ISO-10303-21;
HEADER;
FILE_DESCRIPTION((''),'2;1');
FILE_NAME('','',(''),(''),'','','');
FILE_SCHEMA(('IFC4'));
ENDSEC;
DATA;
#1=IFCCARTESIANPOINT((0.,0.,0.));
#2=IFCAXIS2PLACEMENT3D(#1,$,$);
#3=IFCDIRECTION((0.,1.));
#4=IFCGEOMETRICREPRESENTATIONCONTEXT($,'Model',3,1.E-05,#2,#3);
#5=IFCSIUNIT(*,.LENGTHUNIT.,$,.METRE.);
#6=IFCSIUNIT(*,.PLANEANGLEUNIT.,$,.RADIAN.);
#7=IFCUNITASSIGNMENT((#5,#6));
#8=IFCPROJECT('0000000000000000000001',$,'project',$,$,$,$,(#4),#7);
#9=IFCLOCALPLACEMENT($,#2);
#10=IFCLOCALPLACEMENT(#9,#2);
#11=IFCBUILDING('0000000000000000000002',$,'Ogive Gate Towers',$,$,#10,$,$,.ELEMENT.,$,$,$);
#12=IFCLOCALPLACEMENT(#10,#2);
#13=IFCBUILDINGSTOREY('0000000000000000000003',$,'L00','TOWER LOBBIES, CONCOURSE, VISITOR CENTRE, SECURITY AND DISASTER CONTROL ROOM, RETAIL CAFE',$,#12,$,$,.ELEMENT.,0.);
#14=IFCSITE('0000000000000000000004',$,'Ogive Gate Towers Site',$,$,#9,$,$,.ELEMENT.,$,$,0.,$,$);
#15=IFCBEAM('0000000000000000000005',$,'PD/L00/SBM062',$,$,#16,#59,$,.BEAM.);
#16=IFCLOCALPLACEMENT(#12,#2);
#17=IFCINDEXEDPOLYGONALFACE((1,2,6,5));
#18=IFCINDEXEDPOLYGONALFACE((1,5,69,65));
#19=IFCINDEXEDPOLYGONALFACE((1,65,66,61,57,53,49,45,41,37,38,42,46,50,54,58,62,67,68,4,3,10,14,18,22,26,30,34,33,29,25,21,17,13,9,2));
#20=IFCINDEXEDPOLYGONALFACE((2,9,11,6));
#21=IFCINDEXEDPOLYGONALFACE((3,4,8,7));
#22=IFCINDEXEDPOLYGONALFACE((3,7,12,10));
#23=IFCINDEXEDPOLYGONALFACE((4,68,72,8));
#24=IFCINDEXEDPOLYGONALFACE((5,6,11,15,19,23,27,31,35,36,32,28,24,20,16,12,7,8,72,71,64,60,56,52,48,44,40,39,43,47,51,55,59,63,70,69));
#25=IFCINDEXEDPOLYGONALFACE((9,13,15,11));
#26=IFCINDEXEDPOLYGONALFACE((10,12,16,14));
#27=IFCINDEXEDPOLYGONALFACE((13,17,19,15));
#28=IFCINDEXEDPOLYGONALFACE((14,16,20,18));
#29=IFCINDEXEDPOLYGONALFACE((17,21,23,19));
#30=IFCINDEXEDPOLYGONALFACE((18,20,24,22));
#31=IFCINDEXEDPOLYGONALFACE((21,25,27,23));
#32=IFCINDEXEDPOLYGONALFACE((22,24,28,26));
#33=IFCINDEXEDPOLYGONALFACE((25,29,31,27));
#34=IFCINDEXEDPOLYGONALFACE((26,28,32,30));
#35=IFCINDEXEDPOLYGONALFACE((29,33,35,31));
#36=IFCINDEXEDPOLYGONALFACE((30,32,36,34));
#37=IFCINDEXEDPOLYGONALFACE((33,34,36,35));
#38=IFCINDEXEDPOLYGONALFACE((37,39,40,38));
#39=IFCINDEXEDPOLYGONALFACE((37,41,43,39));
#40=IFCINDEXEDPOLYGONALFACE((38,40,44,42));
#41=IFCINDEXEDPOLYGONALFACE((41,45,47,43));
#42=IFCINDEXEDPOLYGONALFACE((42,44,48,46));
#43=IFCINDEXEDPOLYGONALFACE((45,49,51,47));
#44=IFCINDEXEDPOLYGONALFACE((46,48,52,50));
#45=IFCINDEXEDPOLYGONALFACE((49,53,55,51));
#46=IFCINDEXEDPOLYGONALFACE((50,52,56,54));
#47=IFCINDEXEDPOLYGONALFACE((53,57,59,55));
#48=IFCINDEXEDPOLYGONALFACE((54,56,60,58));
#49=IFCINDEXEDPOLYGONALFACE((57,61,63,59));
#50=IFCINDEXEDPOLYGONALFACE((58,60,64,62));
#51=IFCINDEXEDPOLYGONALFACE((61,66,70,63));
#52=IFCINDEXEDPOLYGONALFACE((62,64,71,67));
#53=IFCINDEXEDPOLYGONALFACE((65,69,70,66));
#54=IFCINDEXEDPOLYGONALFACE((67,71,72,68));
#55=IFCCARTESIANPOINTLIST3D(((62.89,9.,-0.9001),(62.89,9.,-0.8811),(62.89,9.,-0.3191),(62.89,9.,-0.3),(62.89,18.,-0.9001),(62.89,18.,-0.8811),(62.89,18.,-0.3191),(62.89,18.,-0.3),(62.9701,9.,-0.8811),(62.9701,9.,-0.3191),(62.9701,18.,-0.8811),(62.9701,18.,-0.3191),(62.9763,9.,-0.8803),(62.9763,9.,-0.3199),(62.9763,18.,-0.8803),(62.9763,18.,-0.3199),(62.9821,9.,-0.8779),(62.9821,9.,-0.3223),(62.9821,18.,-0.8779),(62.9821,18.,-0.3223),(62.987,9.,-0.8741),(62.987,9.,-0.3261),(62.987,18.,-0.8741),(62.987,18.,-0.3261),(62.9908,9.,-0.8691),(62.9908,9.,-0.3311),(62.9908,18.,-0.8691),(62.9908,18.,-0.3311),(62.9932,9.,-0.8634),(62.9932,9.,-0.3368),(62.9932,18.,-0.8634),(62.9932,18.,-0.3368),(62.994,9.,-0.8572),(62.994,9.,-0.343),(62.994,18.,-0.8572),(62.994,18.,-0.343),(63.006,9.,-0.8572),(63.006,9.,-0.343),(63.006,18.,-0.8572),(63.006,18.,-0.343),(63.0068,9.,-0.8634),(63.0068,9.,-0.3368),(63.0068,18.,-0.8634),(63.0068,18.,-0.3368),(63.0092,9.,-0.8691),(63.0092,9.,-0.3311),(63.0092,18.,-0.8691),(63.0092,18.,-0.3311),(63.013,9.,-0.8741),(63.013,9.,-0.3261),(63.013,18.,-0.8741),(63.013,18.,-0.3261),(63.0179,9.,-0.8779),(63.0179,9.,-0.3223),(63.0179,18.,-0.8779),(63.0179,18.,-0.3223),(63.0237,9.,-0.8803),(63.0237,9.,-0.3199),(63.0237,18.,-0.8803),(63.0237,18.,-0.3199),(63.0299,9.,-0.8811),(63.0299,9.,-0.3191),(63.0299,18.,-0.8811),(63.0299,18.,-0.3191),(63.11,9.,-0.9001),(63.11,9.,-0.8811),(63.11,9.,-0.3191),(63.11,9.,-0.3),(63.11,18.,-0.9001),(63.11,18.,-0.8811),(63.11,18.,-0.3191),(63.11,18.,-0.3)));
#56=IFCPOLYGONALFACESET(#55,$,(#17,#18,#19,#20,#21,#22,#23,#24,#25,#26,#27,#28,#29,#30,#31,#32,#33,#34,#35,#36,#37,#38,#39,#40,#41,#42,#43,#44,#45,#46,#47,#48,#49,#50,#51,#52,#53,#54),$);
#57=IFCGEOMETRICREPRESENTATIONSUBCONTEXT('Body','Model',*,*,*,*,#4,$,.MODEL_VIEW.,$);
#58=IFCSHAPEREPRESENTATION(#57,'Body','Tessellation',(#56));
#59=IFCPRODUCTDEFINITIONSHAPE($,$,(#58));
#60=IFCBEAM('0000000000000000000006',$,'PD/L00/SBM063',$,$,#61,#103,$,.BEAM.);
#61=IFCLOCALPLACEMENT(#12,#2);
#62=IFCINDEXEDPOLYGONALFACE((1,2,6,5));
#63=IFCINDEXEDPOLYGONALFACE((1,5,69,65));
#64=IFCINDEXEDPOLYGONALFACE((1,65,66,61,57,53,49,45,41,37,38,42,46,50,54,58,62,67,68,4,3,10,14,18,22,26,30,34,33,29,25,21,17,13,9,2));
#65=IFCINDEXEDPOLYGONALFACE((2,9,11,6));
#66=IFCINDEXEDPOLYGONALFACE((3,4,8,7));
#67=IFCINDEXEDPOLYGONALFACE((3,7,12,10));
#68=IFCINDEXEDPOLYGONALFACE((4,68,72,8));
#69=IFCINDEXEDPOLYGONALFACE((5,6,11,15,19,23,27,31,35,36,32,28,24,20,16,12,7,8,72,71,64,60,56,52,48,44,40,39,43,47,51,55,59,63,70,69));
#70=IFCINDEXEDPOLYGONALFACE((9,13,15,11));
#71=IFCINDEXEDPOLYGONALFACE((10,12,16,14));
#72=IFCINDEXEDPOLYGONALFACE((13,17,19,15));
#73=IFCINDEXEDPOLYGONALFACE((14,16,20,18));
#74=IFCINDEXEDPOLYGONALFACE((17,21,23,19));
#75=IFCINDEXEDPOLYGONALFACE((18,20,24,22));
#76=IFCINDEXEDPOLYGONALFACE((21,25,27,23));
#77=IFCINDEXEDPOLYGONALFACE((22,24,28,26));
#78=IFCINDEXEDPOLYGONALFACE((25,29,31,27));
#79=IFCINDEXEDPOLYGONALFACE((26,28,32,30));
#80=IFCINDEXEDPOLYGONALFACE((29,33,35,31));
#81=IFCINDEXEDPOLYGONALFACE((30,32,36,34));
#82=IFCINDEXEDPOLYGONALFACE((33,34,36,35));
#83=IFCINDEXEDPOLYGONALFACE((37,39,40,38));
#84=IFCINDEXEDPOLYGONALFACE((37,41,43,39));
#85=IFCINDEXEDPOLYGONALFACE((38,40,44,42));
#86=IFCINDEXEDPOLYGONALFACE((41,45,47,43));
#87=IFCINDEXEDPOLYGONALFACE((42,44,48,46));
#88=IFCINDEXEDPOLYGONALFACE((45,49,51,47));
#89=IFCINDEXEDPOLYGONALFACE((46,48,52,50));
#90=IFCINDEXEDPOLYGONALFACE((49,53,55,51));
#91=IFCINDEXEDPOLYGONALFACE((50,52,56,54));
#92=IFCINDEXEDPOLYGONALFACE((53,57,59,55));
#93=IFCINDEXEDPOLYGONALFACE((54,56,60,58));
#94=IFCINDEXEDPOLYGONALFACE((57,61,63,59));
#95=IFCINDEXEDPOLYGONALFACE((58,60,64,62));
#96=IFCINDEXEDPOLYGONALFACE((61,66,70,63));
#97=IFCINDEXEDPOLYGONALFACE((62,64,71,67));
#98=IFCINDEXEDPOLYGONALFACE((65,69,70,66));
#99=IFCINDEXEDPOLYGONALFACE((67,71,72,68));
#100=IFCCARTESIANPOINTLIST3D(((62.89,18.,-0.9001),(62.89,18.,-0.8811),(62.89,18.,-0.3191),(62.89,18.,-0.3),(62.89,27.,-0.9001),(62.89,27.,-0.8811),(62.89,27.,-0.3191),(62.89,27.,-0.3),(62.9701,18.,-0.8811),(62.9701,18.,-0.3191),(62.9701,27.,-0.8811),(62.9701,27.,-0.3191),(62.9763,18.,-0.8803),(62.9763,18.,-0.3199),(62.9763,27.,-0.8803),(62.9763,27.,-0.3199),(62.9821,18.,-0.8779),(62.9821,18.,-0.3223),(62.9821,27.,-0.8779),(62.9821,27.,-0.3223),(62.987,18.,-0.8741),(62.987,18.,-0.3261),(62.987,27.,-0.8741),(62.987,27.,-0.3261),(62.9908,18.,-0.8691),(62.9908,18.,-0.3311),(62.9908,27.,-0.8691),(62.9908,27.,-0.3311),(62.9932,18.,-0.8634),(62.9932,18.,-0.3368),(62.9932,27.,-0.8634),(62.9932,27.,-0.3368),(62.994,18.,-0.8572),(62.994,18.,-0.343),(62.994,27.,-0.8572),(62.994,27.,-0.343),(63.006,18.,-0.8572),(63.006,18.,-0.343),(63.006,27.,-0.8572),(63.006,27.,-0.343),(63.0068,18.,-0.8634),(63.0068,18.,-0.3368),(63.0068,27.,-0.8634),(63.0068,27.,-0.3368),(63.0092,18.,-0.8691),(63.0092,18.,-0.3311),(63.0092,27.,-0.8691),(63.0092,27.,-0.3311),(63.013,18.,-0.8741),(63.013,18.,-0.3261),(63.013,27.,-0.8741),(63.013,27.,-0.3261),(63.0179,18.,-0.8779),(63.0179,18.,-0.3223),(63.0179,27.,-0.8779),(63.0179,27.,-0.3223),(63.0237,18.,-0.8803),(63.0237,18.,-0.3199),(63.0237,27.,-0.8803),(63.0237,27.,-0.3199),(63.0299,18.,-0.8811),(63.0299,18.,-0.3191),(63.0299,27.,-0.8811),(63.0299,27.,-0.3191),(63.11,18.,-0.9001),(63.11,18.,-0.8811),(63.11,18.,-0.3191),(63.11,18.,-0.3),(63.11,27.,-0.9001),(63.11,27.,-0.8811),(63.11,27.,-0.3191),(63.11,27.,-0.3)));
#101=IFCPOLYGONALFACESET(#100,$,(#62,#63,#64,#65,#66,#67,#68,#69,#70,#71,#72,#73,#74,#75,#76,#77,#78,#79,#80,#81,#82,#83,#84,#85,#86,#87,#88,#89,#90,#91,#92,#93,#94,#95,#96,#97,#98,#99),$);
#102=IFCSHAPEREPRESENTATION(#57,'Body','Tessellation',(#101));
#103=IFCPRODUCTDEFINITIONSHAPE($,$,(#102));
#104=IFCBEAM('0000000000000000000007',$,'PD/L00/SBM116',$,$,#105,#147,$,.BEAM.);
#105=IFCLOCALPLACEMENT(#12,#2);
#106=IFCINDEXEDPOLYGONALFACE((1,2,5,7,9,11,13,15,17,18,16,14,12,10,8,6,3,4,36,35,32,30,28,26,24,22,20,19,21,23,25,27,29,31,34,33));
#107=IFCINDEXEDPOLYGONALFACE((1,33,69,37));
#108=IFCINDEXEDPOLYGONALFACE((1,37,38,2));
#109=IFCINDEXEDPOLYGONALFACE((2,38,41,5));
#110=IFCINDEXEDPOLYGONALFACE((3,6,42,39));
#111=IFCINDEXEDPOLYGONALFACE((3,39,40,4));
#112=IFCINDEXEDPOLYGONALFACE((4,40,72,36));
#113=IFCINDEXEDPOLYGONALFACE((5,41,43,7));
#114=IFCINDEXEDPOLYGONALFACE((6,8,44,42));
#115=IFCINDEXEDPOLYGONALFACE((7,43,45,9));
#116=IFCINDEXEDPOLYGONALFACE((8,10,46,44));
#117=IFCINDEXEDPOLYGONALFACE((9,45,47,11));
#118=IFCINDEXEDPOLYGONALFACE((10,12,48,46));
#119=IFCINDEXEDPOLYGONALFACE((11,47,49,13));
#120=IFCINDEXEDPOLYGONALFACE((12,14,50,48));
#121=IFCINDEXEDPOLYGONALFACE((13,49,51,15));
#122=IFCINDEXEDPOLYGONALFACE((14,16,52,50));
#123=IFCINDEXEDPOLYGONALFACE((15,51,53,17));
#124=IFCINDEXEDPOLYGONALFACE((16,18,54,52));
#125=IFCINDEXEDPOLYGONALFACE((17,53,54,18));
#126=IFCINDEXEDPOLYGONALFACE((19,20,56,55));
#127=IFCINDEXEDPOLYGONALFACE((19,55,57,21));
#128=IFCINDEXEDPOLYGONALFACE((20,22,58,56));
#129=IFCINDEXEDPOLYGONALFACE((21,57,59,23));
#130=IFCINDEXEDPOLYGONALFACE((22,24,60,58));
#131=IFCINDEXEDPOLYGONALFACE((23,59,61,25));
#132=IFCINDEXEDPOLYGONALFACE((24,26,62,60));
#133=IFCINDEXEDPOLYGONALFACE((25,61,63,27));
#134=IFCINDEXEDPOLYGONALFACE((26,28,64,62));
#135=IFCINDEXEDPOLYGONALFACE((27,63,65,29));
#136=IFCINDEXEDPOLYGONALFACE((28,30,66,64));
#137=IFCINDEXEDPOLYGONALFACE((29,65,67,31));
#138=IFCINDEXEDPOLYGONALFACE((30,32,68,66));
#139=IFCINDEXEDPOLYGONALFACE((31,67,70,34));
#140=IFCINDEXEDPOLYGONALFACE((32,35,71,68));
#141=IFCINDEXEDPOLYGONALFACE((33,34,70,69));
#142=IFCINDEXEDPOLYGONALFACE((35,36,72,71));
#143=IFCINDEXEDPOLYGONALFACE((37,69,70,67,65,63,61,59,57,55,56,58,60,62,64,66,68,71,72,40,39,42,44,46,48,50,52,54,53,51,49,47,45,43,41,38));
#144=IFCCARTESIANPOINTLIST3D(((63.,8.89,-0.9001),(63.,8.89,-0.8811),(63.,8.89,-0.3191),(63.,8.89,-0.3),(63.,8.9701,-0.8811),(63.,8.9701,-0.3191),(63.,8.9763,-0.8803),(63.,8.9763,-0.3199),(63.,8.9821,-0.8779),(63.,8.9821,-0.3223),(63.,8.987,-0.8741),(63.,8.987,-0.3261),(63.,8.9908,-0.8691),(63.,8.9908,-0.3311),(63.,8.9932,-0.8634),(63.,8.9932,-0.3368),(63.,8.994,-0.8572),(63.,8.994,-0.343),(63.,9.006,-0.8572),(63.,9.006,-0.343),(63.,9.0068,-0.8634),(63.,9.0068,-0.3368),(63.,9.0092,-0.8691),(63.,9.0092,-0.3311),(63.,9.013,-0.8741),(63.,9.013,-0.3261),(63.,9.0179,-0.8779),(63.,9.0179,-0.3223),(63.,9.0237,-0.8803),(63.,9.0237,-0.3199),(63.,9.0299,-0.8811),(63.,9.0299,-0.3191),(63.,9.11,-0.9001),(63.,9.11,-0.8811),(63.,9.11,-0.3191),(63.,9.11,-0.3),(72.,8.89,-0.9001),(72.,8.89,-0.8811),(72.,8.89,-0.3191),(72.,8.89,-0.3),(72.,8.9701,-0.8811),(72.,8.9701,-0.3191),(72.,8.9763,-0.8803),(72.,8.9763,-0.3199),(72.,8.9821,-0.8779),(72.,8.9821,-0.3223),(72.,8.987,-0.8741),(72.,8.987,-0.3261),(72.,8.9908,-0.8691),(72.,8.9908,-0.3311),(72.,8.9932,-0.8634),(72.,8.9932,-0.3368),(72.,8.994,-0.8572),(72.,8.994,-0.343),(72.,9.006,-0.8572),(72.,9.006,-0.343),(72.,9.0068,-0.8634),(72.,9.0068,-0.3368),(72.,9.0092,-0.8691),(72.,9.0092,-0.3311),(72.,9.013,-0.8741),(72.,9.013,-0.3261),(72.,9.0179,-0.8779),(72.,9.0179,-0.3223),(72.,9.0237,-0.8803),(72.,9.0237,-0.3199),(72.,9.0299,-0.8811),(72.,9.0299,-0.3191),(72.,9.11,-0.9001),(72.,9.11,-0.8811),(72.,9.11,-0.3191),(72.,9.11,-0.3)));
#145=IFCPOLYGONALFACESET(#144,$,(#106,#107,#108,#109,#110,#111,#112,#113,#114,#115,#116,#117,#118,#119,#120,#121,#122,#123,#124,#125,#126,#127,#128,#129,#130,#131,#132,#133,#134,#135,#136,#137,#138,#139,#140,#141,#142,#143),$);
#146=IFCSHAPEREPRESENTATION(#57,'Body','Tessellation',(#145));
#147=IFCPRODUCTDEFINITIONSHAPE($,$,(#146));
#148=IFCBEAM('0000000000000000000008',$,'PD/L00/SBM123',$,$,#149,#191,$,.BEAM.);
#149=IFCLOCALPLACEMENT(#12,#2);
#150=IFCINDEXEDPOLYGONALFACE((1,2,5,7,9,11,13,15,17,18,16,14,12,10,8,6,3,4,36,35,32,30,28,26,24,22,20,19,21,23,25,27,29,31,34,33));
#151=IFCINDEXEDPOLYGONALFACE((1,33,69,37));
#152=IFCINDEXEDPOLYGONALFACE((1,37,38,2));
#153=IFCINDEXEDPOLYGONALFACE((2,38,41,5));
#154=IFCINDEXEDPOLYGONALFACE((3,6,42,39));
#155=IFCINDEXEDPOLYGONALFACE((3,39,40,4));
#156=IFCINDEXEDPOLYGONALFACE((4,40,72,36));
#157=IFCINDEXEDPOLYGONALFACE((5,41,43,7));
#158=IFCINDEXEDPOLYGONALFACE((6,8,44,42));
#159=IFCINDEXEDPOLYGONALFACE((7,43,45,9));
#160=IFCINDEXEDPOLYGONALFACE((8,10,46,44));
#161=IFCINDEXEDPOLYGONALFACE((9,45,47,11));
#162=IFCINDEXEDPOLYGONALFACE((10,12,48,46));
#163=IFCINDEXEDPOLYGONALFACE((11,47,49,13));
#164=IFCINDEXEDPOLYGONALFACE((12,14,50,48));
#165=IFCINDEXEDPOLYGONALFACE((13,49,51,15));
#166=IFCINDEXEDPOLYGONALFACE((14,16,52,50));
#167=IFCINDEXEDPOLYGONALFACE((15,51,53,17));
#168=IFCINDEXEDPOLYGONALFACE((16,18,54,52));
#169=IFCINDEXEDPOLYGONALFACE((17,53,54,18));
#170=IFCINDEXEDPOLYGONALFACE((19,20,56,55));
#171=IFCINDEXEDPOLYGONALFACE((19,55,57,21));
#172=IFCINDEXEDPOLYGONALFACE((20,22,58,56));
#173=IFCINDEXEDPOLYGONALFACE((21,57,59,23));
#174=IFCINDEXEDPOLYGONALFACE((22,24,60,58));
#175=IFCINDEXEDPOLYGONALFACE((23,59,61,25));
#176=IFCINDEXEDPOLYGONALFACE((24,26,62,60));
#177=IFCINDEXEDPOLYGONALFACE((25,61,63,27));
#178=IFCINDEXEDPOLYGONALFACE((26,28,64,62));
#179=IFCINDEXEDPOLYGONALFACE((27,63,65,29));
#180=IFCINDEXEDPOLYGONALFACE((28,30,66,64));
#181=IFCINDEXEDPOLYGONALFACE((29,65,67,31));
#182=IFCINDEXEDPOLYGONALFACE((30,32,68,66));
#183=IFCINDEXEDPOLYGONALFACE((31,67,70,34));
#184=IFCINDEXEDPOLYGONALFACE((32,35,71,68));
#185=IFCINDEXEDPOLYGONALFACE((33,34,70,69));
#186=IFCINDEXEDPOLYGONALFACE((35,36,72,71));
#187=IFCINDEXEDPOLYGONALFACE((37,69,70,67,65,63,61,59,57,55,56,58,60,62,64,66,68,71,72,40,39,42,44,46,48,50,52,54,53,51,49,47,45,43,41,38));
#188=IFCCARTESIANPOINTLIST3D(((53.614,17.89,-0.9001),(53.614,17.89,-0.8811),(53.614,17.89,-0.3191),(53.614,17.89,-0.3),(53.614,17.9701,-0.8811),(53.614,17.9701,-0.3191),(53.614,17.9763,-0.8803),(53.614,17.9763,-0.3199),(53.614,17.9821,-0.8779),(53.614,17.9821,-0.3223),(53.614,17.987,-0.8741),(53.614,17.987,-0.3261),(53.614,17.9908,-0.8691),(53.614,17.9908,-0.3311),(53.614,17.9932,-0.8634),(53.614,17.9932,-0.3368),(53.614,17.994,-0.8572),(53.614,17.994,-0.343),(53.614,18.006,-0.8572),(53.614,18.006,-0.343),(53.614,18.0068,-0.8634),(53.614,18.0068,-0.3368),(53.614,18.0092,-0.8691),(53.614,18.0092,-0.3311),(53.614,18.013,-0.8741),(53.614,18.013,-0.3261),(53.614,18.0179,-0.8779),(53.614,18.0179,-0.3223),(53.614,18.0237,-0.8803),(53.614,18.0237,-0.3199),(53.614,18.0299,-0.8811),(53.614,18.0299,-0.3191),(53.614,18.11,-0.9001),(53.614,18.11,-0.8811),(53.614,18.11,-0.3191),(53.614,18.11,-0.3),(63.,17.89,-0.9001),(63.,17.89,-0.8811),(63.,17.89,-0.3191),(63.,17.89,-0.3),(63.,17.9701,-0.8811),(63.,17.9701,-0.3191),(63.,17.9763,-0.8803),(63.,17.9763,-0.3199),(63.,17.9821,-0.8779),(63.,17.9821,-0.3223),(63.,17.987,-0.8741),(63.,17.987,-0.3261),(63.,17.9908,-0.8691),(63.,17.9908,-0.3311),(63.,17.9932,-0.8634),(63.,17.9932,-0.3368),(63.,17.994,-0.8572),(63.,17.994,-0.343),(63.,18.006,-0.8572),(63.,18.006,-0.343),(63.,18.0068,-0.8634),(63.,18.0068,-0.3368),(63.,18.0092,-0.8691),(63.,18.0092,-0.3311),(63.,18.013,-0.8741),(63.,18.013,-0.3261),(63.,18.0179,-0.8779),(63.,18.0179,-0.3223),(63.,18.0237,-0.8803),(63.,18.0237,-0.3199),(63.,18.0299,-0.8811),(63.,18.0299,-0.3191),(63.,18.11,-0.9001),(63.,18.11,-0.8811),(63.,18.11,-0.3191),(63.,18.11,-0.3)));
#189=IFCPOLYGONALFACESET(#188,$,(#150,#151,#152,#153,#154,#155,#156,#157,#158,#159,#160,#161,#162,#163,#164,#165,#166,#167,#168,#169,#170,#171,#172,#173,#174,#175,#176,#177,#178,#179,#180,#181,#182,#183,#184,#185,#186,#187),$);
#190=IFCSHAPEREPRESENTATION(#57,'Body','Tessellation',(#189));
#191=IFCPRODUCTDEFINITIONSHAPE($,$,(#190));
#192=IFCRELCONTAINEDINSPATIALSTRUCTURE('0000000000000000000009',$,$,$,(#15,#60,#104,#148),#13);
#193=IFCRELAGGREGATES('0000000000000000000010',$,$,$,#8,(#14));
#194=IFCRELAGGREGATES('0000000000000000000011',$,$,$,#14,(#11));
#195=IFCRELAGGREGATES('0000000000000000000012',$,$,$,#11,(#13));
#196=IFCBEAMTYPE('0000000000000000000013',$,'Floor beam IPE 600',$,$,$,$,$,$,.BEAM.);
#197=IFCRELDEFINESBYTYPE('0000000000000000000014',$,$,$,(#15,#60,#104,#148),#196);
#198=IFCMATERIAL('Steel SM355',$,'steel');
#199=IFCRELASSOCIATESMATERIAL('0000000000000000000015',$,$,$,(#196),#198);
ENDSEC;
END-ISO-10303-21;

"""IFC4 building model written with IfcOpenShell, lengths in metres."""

from ifc_helpers import new_model, si_unit, direction, frame, origin, origin_2d, place, context, subcontext, project, spatial, i_section, extrude, material, material_profile, profile_set, type_object, element, save


model = new_model("IFC4")

# Units and contexts
model_context = context("Model", 3, precision=1e-05, world=origin(), true_north=direction((0.0, 1.0)))
body_context = subcontext(model_context, "Body", "Model", "MODEL_VIEW")
ifc_project = project(units=[si_unit("LENGTHUNIT", "METRE"), si_unit("PLANEANGLEUNIT", "RADIAN")], contexts=[model_context])

# Site, building, storey
site_placement = place(None, origin())
site = spatial("IfcSite", under=ifc_project, at=site_placement, Name="Ogive Gate Towers Site", CompositionType="ELEMENT", RefElevation=0.0)
building_placement = place(site_placement, origin())
building = spatial("IfcBuilding", under=site, at=building_placement, Name="Ogive Gate Towers", CompositionType="ELEMENT")
storey_placement = place(building_placement, origin())
storey = spatial("IfcBuildingStorey", under=building, at=storey_placement, Name="L00", Description="TOWER LOBBIES, CONCOURSE, VISITOR CENTRE, SECURITY AND DISASTER CONTROL ROOM, RETAIL CAFE", CompositionType="ELEMENT", Elevation=0.0)

# Beams
ifc_material_1 = material(Name="Steel SM355", Category="steel")
ifc_material_profile_1 = material_profile(ifc_material_1, i_section(OverallWidth=0.22, OverallDepth=0.6001, WebThickness=0.012, FlangeThickness=0.019, FilletRadius=0.0239, at=origin_2d()), Name="IPE 600")
ifc_profile_set_1 = profile_set([ifc_material_profile_1], Name="Steel SM355")
beam_type_1 = type_object("IfcBeamType", Name="Floor beam IPE 600", PredefinedType="BEAM", material=ifc_profile_set_1)
for number, where, z_axis, x_axis, name in (
    (1, (63.0, 9.0, -0.6001), (0.0, 1.0, 0.0), (-1.0, 0.0, 0.0), "PD/L00/SBM062"),
    (2, (63.0, 18.0, -0.6001), (0.0, 1.0, 0.0), (-1.0, 0.0, 0.0), "PD/L00/SBM063"),
    (3, (63.0, 9.0, -0.6001), (1.0, 0.0, 0.0), (0.0, 1.0, 0.0), "PD/L00/SBM116"),
):
    element("IfcBeam", number, at=place(storey_placement, frame(where, z_axis=z_axis, x_axis=x_axis)), inside=storey, type_object=beam_type_1, Name=name, PredefinedType="BEAM", context=body_context, shape_type="SweptSolid", body=[
        extrude(i_section(OverallWidth=0.22, OverallDepth=0.6001, WebThickness=0.012, FlangeThickness=0.019, FilletRadius=0.0239, at=origin_2d()), origin(), (0.0, 0.0, 1.0), 9.0),
    ])
beam_1_placement = place(storey_placement, frame((53.614, 18.0, -0.6001), z_axis=(1.0, 0.0, 0.0), x_axis=(0.0, 1.0, 0.0)))
element("IfcBeam", 4, at=beam_1_placement, inside=storey, type_object=beam_type_1, Name="PD/L00/SBM123", PredefinedType="BEAM", context=body_context, shape_type="SweptSolid", body=[
    extrude(i_section(OverallWidth=0.22, OverallDepth=0.6001, WebThickness=0.012, FlangeThickness=0.019, FilletRadius=0.0239, at=origin_2d()), origin(), (0.0, 0.0, 1.0), 9.386),
])

save(model, "model.ifc")
